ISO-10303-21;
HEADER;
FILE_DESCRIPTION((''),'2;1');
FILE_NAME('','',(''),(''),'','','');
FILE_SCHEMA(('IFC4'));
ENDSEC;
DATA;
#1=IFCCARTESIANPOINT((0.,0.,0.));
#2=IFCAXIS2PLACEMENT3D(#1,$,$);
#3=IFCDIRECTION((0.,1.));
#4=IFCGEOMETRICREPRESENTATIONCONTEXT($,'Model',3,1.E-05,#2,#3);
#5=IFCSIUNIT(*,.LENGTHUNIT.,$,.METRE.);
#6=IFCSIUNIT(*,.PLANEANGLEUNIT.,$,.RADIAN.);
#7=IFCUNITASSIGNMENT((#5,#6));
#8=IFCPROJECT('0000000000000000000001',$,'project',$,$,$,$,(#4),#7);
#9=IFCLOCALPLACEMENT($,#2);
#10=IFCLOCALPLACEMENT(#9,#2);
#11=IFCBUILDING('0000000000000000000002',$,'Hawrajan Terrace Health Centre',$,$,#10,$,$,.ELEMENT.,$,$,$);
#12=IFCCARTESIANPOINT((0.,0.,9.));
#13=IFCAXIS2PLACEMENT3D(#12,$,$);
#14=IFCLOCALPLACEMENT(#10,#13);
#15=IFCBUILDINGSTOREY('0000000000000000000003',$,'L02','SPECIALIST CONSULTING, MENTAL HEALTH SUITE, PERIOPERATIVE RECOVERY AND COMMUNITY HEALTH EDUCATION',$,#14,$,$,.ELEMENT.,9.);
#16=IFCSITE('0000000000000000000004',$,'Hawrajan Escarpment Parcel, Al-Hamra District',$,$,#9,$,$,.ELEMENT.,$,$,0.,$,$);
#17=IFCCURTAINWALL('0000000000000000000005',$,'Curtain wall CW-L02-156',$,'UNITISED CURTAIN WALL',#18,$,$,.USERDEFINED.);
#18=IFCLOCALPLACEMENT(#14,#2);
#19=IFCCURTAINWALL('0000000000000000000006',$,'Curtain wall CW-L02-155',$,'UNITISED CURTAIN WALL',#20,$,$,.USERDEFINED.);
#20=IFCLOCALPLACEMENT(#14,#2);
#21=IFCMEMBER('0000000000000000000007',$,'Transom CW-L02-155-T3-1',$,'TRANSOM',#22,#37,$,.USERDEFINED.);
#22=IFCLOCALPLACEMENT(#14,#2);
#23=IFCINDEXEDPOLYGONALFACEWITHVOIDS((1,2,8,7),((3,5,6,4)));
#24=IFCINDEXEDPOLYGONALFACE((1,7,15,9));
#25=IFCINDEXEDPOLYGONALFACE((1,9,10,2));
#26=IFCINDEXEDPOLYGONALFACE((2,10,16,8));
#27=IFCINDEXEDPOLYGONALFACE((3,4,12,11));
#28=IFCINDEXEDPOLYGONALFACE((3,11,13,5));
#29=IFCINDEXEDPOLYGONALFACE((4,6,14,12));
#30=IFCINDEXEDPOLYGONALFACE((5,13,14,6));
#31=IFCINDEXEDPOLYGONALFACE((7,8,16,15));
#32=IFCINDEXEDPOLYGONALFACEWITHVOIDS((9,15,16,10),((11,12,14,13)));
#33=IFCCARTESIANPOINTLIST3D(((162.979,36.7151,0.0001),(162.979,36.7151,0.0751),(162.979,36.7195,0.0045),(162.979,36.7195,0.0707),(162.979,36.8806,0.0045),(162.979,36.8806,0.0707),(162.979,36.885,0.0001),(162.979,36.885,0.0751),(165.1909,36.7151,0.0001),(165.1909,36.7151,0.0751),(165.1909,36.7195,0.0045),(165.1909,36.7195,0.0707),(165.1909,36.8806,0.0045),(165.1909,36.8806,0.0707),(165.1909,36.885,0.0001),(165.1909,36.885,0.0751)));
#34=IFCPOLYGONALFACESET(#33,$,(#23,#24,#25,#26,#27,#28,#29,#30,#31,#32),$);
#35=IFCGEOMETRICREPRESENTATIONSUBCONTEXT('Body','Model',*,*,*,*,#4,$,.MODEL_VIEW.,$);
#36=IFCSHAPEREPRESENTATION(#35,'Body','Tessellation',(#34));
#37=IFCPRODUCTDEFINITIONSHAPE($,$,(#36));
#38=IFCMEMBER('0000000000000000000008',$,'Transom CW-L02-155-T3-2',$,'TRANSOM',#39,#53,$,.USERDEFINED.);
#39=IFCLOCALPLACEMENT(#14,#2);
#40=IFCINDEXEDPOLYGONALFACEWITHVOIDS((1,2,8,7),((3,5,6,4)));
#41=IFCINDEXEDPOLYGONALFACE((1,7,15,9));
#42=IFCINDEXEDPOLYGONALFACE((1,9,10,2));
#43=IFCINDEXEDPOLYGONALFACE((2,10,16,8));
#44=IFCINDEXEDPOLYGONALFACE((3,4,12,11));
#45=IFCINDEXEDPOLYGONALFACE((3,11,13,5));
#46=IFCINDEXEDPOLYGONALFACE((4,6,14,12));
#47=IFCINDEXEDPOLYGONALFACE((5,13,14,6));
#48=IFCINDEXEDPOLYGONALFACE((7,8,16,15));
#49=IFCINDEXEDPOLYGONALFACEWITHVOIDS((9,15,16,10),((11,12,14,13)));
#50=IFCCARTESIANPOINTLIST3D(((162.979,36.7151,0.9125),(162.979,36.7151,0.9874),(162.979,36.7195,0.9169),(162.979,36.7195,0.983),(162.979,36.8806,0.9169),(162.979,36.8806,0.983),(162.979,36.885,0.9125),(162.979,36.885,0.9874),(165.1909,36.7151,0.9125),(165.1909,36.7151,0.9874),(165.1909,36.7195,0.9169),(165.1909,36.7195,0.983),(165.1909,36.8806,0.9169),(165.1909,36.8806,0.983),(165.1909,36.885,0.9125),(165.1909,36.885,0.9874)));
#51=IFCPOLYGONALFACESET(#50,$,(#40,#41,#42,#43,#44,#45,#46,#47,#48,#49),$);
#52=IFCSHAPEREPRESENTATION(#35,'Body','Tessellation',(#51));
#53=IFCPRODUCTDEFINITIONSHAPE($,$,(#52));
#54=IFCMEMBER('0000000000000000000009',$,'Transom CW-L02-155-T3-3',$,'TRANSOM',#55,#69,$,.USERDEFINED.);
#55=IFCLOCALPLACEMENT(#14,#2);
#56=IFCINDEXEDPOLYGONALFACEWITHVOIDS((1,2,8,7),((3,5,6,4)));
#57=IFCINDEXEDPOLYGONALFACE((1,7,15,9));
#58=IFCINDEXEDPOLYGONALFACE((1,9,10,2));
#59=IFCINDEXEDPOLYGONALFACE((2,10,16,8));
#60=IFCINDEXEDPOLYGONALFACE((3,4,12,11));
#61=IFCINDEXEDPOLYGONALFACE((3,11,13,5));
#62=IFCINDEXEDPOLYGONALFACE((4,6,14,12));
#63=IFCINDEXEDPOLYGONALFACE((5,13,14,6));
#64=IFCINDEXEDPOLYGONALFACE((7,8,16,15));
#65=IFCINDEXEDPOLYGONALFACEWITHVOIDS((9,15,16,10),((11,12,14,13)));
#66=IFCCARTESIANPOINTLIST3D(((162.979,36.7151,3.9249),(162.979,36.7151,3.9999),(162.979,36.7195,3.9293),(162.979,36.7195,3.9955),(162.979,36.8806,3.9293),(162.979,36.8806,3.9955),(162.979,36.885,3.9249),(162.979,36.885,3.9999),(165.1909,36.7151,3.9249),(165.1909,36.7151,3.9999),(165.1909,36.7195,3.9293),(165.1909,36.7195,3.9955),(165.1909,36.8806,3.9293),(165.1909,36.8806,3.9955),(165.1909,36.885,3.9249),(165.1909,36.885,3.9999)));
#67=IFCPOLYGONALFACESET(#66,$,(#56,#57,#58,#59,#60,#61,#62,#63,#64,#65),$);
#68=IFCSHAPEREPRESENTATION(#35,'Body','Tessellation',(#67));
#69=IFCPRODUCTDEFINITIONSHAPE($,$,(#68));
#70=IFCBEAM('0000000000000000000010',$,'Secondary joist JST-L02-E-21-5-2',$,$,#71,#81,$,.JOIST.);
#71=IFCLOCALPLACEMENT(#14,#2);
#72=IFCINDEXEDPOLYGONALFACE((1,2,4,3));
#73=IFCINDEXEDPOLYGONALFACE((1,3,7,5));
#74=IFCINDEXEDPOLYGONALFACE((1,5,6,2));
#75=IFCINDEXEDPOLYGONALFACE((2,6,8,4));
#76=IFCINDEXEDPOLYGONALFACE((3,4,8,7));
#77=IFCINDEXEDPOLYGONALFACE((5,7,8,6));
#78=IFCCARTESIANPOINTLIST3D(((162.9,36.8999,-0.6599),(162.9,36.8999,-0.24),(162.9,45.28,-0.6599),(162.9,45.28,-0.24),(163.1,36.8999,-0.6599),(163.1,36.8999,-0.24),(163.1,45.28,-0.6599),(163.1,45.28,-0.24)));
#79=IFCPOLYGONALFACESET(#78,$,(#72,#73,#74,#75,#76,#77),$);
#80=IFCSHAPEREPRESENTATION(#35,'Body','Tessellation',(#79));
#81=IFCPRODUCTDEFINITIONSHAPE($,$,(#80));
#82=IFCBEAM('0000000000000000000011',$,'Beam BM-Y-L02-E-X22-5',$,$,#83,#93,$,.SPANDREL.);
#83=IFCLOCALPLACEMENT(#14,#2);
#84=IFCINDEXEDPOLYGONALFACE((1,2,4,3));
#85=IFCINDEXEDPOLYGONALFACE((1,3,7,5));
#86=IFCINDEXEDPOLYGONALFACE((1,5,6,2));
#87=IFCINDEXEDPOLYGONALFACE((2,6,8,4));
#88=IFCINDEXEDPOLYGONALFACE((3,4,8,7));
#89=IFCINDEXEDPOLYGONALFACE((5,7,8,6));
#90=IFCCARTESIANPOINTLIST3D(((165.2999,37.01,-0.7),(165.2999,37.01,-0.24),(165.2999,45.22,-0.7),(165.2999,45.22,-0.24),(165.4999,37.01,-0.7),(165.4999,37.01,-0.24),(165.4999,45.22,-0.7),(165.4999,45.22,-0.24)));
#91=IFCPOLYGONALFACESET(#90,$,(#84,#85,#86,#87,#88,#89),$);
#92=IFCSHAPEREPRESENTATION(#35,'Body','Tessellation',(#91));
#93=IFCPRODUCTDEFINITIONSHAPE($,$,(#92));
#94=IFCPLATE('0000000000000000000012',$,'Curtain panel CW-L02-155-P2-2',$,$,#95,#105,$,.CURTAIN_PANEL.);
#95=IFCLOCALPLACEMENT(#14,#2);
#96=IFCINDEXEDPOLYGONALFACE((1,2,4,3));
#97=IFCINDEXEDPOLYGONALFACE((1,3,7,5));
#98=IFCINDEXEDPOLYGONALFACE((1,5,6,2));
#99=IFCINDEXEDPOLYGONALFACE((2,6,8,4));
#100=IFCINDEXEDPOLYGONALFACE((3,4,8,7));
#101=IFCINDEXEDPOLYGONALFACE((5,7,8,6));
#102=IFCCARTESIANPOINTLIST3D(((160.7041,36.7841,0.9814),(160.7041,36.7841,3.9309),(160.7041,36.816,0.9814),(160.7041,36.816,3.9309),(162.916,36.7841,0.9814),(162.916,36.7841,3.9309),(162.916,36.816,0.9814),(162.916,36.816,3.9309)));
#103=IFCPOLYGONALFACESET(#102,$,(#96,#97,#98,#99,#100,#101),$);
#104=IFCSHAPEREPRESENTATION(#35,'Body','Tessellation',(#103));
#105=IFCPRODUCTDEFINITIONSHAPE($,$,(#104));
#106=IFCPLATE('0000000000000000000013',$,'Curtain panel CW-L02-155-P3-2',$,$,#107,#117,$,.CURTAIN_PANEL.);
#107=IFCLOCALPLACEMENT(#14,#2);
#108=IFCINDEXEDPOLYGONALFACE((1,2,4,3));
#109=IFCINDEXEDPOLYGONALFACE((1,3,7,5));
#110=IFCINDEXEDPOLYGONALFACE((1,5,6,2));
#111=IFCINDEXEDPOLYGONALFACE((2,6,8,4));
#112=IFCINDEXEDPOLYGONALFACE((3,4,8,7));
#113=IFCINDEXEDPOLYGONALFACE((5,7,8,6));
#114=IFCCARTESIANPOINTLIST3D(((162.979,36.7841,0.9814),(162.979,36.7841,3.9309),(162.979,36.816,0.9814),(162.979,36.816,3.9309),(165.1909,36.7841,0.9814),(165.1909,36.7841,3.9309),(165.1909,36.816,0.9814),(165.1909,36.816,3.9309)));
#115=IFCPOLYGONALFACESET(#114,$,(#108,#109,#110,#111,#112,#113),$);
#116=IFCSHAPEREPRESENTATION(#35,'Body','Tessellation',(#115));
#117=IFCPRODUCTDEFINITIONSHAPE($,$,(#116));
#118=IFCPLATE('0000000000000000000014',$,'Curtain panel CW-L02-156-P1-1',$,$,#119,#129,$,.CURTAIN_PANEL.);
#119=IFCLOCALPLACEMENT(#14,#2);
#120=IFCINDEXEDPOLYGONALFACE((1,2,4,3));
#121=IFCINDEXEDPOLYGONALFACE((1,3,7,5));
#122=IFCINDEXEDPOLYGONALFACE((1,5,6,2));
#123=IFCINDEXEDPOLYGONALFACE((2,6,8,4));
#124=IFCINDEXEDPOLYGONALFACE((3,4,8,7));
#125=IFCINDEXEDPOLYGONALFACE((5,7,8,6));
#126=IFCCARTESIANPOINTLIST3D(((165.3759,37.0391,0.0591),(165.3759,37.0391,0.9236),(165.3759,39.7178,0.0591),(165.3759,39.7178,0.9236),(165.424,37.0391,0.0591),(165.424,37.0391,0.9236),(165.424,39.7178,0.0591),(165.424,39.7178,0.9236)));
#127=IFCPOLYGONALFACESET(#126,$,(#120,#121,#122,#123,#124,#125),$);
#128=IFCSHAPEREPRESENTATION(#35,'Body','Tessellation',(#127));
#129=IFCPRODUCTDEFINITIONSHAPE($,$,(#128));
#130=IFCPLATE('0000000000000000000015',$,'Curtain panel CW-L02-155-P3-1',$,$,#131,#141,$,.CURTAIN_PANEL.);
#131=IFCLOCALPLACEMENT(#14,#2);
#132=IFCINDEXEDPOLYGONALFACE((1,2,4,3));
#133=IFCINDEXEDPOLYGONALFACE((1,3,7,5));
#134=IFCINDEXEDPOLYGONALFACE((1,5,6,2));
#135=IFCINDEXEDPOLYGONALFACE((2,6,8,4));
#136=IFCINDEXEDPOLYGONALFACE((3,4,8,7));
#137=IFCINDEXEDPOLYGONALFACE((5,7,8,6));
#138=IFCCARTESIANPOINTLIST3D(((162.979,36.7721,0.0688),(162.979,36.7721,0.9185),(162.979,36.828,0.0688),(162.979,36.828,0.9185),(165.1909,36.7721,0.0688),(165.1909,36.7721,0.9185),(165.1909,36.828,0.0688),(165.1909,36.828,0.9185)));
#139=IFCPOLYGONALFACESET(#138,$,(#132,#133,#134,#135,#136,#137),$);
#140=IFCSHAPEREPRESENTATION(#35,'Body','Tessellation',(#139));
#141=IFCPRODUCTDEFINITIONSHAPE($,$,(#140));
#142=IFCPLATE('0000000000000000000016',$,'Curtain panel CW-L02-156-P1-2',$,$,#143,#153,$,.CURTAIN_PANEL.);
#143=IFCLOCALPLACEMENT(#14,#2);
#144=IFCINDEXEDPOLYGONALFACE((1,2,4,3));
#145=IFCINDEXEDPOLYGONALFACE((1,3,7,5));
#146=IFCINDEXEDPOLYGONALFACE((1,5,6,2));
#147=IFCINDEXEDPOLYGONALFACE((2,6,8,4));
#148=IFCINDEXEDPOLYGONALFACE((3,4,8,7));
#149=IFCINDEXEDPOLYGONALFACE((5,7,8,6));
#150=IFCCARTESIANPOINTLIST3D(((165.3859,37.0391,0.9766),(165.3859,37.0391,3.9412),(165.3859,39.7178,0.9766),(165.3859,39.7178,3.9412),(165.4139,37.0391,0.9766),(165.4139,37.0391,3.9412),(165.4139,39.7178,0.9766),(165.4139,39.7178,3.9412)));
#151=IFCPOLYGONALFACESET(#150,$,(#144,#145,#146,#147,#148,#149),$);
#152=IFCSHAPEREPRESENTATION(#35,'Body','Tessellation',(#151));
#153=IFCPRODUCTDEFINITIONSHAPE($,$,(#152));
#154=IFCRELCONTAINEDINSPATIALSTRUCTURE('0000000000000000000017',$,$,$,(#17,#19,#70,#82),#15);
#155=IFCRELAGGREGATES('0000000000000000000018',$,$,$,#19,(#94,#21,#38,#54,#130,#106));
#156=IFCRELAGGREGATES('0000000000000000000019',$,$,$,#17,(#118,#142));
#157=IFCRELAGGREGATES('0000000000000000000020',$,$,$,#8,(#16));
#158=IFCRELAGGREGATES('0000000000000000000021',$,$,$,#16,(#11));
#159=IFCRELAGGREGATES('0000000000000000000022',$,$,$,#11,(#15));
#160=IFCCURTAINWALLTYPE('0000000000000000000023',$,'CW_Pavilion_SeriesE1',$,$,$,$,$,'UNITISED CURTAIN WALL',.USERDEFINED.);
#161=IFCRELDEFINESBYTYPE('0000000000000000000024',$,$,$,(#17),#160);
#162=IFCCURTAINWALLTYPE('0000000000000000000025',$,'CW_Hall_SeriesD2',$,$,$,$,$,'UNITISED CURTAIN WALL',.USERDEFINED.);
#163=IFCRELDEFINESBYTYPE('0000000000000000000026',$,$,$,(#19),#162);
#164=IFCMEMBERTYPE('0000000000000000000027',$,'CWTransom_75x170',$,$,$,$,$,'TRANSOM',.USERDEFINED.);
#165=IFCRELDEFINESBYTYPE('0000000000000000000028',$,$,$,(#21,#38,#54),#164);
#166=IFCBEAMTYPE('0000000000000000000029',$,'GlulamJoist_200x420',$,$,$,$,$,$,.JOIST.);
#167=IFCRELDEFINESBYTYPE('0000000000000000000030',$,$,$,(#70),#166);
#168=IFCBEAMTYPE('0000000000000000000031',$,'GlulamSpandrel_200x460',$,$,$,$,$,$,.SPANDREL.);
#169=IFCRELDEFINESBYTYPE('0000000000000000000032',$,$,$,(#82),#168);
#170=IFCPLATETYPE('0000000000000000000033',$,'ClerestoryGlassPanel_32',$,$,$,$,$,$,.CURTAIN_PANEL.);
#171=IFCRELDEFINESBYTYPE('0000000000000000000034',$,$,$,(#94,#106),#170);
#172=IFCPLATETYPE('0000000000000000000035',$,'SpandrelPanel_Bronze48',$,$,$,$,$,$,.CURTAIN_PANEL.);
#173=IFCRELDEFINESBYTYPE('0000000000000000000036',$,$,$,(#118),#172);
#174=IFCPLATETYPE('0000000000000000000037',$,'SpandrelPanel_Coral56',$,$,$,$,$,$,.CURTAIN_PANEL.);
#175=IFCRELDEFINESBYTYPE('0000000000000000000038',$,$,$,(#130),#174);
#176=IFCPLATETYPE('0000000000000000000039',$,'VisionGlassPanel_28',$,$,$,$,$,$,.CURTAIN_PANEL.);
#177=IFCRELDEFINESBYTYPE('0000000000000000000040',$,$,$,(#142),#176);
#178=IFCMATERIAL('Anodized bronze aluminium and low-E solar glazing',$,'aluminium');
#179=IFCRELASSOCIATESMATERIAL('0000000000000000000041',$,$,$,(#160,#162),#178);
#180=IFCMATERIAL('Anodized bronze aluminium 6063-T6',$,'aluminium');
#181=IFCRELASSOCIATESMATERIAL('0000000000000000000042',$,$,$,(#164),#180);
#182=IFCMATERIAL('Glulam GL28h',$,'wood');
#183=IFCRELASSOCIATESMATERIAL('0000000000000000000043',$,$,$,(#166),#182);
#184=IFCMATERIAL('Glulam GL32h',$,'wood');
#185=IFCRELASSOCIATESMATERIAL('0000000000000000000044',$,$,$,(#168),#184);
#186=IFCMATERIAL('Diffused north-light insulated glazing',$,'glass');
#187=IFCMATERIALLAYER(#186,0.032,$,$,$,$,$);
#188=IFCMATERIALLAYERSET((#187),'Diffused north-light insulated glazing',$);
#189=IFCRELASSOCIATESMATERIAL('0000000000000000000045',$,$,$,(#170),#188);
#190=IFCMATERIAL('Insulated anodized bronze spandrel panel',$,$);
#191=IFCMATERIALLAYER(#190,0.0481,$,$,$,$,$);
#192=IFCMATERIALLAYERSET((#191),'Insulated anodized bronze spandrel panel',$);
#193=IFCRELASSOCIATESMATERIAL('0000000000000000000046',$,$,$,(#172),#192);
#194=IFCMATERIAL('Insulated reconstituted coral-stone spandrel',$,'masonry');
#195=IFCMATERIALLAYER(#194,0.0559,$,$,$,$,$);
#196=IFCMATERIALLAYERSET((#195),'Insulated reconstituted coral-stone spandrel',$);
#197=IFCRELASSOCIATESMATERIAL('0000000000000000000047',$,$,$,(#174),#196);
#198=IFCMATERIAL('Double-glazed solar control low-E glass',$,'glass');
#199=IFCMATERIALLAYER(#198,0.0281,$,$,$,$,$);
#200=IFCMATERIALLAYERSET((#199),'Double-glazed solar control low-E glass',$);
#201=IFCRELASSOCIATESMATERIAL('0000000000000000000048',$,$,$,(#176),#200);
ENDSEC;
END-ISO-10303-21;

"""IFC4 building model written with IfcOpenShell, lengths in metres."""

from ifc_helpers import new_model, si_unit, direction, frame, origin, origin_2d, place, context, subcontext, project, spatial, rectangle, hollow_rectangle, extrude, material, layer, layer_set, material_profile, profile_set, type_object, element, aggregate, save


model = new_model("IFC4")

# Units and contexts
model_context = context("Model", 3, precision=1e-05, world=origin(), true_north=direction((0.0, 1.0)))
body_context = subcontext(model_context, "Body", "Model", "MODEL_VIEW")
ifc_project = project(units=[si_unit("LENGTHUNIT", "METRE"), si_unit("PLANEANGLEUNIT", "RADIAN")], contexts=[model_context])

# Site, building, storey
site_placement = place(None, origin())
site = spatial("IfcSite", under=ifc_project, at=site_placement, Name="Hawrajan Escarpment Parcel, Al-Hamra District", CompositionType="ELEMENT", RefElevation=0.0)
building_placement = place(site_placement, origin())
building = spatial("IfcBuilding", under=site, at=building_placement, Name="Hawrajan Terrace Health Centre", CompositionType="ELEMENT")
storey_placement = place(building_placement, frame((0.0, 0.0, 9.0)))
storey = spatial("IfcBuildingStorey", under=building, at=storey_placement, Name="L02", Description="SPECIALIST CONSULTING, MENTAL HEALTH SUITE, PERIOPERATIVE RECOVERY AND COMMUNITY HEALTH EDUCATION", CompositionType="ELEMENT", Elevation=9.0)

# Shared definitions
ifc_material_1 = material(Name="Glulam GL32h", Category="wood")

# Curtain walls
ifc_material_2 = material(Name="Anodized bronze aluminium and low-E solar glazing", Category="aluminium")
curtain_wall_type_1 = type_object("IfcCurtainWallType", Name="CW_Pavilion_SeriesE1", ElementType="UNITISED CURTAIN WALL", PredefinedType="USERDEFINED", material=ifc_material_2)
curtain_wall_1_placement = place(storey_placement, origin())
curtain_wall_1 = element("IfcCurtainWall", 1, at=curtain_wall_1_placement, inside=storey, type_object=curtain_wall_type_1, Name="Curtain wall CW-L02-156", ObjectType="UNITISED CURTAIN WALL", PredefinedType="USERDEFINED")
ifc_material_3 = material(Name="Anodized bronze aluminium 6063-T6", Category="aluminium")
curtain_wall_type_2 = type_object("IfcCurtainWallType", Name="CW_Hall_SeriesD2", ElementType="UNITISED CURTAIN WALL", PredefinedType="USERDEFINED", material=ifc_material_2)
curtain_wall_2_placement = place(storey_placement, origin())
curtain_wall_2 = element("IfcCurtainWall", 2, at=curtain_wall_2_placement, inside=storey, type_object=curtain_wall_type_2, Name="Curtain wall CW-L02-155", ObjectType="UNITISED CURTAIN WALL", PredefinedType="USERDEFINED")

# Members
ifc_material_profile_1 = material_profile(ifc_material_3, hollow_rectangle(XDim=0.075, YDim=0.1699, WallThickness=0.0044, at=origin_2d()), Name="CW TRN 75x170")
ifc_profile_set_1 = profile_set([ifc_material_profile_1], Name="Anodized bronze aluminium 6063-T6")
member_type_1 = type_object("IfcMemberType", Name="CWTransom_75x170", ElementType="TRANSOM", PredefinedType="USERDEFINED", material=ifc_profile_set_1)
member_1_placement = place(storey_placement, frame((162.979, 36.8, 0.0376), z_axis=(1.0, 0.0, 0.0), x_axis=(0.0, 0.0, 1.0)))
member_1 = element("IfcMember", 3, at=member_1_placement, type_object=member_type_1, Name="Transom CW-L02-155-T3-1", ObjectType="TRANSOM", PredefinedType="USERDEFINED", context=body_context, shape_type="SweptSolid", body=[
    extrude(hollow_rectangle(XDim=0.075, YDim=0.1699, WallThickness=0.0044, at=origin_2d()), origin(), (0.0, 0.0, 1.0), 2.2119),
])
member_2_placement = place(storey_placement, frame((162.979, 36.8, 0.95), z_axis=(1.0, 0.0, 0.0), x_axis=(0.0, 0.0, 1.0)))
member_2 = element("IfcMember", 4, at=member_2_placement, type_object=member_type_1, Name="Transom CW-L02-155-T3-2", ObjectType="TRANSOM", PredefinedType="USERDEFINED", context=body_context, shape_type="SweptSolid", body=[
    extrude(hollow_rectangle(XDim=0.075, YDim=0.1699, WallThickness=0.0044, at=origin_2d()), origin(), (0.0, 0.0, 1.0), 2.2119),
])
member_3_placement = place(storey_placement, frame((162.979, 36.8, 3.9624), z_axis=(1.0, 0.0, 0.0), x_axis=(0.0, 0.0, 1.0)))
member_3 = element("IfcMember", 5, at=member_3_placement, type_object=member_type_1, Name="Transom CW-L02-155-T3-3", ObjectType="TRANSOM", PredefinedType="USERDEFINED", context=body_context, shape_type="SweptSolid", body=[
    extrude(hollow_rectangle(XDim=0.075, YDim=0.1699, WallThickness=0.0044, at=origin_2d()), origin(), (0.0, 0.0, 1.0), 2.2119),
])

# Beams
ifc_material_4 = material(Name="Glulam GL28h", Category="wood")
ifc_material_profile_2 = material_profile(ifc_material_4, rectangle(XDim=0.2, YDim=0.4199, at=origin_2d()), Name="GL JST 200x420")
ifc_profile_set_2 = profile_set([ifc_material_profile_2], Name="Glulam GL28h")
beam_type_1 = type_object("IfcBeamType", Name="GlulamJoist_200x420", PredefinedType="JOIST", material=ifc_profile_set_2)
beam_1_placement = place(storey_placement, frame((163.0, 36.8999, -0.45), z_axis=(0.0, 1.0, 0.0), x_axis=(-1.0, 0.0, 0.0)))
element("IfcBeam", 6, at=beam_1_placement, inside=storey, type_object=beam_type_1, Name="Secondary joist JST-L02-E-21-5-2", PredefinedType="JOIST", context=body_context, shape_type="SweptSolid", body=[
    extrude(rectangle(XDim=0.2, YDim=0.4199, at=origin_2d()), origin(), (0.0, 0.0, 1.0), 8.3801),
])
ifc_material_profile_3 = material_profile(ifc_material_1, rectangle(XDim=0.2, YDim=0.46, at=origin_2d()), Name="GL SP 200x460")
ifc_profile_set_3 = profile_set([ifc_material_profile_3], Name="Glulam GL32h")
beam_type_2 = type_object("IfcBeamType", Name="GlulamSpandrel_200x460", PredefinedType="SPANDREL", material=ifc_profile_set_3)
beam_2_placement = place(storey_placement, frame((165.3999, 37.01, -0.47), z_axis=(0.0, 1.0, 0.0), x_axis=(-1.0, 0.0, 0.0)))
element("IfcBeam", 7, at=beam_2_placement, inside=storey, type_object=beam_type_2, Name="Beam BM-Y-L02-E-X22-5", PredefinedType="SPANDREL", context=body_context, shape_type="SweptSolid", body=[
    extrude(rectangle(XDim=0.2, YDim=0.46, at=origin_2d()), origin(), (0.0, 0.0, 1.0), 8.21),
])

# Plates
ifc_material_5 = material(Name="Diffused north-light insulated glazing", Category="glass")
ifc_layer_1 = layer(ifc_material_5, 0.032)
ifc_layer_set_1 = layer_set([ifc_layer_1], Name="Diffused north-light insulated glazing")
plate_type_1 = type_object("IfcPlateType", Name="ClerestoryGlassPanel_32", PredefinedType="CURTAIN_PANEL", material=ifc_layer_set_1)
plate_1_placement = place(storey_placement, frame((161.8101, 36.8, 0.9814), z_axis=(0.0, 0.0, 1.0), x_axis=(1.0, 0.0, 0.0)))
plate_1 = element("IfcPlate", 8, at=plate_1_placement, type_object=plate_type_1, Name="Curtain panel CW-L02-155-P2-2", PredefinedType="CURTAIN_PANEL", context=body_context, shape_type="SweptSolid", body=[
    extrude(rectangle(XDim=2.2119, YDim=0.032, at=origin_2d()), origin(), (0.0, 0.0, 1.0), 2.9495),
])
plate_2_placement = place(storey_placement, frame((164.085, 36.8, 0.9814), z_axis=(0.0, 0.0, 1.0), x_axis=(1.0, 0.0, 0.0)))
plate_2 = element("IfcPlate", 9, at=plate_2_placement, type_object=plate_type_1, Name="Curtain panel CW-L02-155-P3-2", PredefinedType="CURTAIN_PANEL", context=body_context, shape_type="SweptSolid", body=[
    extrude(rectangle(XDim=2.2119, YDim=0.032, at=origin_2d()), origin(), (0.0, 0.0, 1.0), 2.9495),
])
ifc_material_6 = material(Name="Insulated anodized bronze spandrel panel")
ifc_layer_2 = layer(ifc_material_6, 0.0481)
ifc_layer_set_2 = layer_set([ifc_layer_2], Name="Insulated anodized bronze spandrel panel")
plate_type_2 = type_object("IfcPlateType", Name="SpandrelPanel_Bronze48", PredefinedType="CURTAIN_PANEL", material=ifc_layer_set_2)
plate_3_placement = place(storey_placement, frame((165.3999, 38.3784, 0.0591), z_axis=(0.0, 0.0, 1.0), x_axis=(0.0, 1.0, 0.0)))
plate_3 = element("IfcPlate", 10, at=plate_3_placement, type_object=plate_type_2, Name="Curtain panel CW-L02-156-P1-1", PredefinedType="CURTAIN_PANEL", context=body_context, shape_type="SweptSolid", body=[
    extrude(rectangle(XDim=2.6787, YDim=0.0481, at=origin_2d()), origin(), (0.0, 0.0, 1.0), 0.8645),
])
ifc_material_7 = material(Name="Insulated reconstituted coral-stone spandrel", Category="masonry")
ifc_layer_3 = layer(ifc_material_7, 0.0559)
ifc_layer_set_3 = layer_set([ifc_layer_3], Name="Insulated reconstituted coral-stone spandrel")
plate_type_3 = type_object("IfcPlateType", Name="SpandrelPanel_Coral56", PredefinedType="CURTAIN_PANEL", material=ifc_layer_set_3)
plate_4_placement = place(storey_placement, frame((164.085, 36.8, 0.0688), z_axis=(0.0, 0.0, 1.0), x_axis=(1.0, 0.0, 0.0)))
plate_4 = element("IfcPlate", 11, at=plate_4_placement, type_object=plate_type_3, Name="Curtain panel CW-L02-155-P3-1", PredefinedType="CURTAIN_PANEL", context=body_context, shape_type="SweptSolid", body=[
    extrude(rectangle(XDim=2.2119, YDim=0.0559, at=origin_2d()), origin(), (0.0, 0.0, 1.0), 0.8496),
])
aggregate(curtain_wall_2, [plate_1, member_1, member_2, member_3, plate_4, plate_2])
ifc_material_8 = material(Name="Double-glazed solar control low-E glass", Category="glass")
ifc_layer_4 = layer(ifc_material_8, 0.0281)
ifc_layer_set_4 = layer_set([ifc_layer_4], Name="Double-glazed solar control low-E glass")
plate_type_4 = type_object("IfcPlateType", Name="VisionGlassPanel_28", PredefinedType="CURTAIN_PANEL", material=ifc_layer_set_4)
plate_5_placement = place(storey_placement, frame((165.3999, 38.3784, 0.9766), z_axis=(0.0, 0.0, 1.0), x_axis=(0.0, 1.0, 0.0)))
plate_5 = element("IfcPlate", 12, at=plate_5_placement, type_object=plate_type_4, Name="Curtain panel CW-L02-156-P1-2", PredefinedType="CURTAIN_PANEL", context=body_context, shape_type="SweptSolid", body=[
    extrude(rectangle(XDim=2.6787, YDim=0.0281, at=origin_2d()), origin(), (0.0, 0.0, 1.0), 2.9646),
])
aggregate(curtain_wall_1, [plate_3, plate_5])

save(model, "model.ifc")
